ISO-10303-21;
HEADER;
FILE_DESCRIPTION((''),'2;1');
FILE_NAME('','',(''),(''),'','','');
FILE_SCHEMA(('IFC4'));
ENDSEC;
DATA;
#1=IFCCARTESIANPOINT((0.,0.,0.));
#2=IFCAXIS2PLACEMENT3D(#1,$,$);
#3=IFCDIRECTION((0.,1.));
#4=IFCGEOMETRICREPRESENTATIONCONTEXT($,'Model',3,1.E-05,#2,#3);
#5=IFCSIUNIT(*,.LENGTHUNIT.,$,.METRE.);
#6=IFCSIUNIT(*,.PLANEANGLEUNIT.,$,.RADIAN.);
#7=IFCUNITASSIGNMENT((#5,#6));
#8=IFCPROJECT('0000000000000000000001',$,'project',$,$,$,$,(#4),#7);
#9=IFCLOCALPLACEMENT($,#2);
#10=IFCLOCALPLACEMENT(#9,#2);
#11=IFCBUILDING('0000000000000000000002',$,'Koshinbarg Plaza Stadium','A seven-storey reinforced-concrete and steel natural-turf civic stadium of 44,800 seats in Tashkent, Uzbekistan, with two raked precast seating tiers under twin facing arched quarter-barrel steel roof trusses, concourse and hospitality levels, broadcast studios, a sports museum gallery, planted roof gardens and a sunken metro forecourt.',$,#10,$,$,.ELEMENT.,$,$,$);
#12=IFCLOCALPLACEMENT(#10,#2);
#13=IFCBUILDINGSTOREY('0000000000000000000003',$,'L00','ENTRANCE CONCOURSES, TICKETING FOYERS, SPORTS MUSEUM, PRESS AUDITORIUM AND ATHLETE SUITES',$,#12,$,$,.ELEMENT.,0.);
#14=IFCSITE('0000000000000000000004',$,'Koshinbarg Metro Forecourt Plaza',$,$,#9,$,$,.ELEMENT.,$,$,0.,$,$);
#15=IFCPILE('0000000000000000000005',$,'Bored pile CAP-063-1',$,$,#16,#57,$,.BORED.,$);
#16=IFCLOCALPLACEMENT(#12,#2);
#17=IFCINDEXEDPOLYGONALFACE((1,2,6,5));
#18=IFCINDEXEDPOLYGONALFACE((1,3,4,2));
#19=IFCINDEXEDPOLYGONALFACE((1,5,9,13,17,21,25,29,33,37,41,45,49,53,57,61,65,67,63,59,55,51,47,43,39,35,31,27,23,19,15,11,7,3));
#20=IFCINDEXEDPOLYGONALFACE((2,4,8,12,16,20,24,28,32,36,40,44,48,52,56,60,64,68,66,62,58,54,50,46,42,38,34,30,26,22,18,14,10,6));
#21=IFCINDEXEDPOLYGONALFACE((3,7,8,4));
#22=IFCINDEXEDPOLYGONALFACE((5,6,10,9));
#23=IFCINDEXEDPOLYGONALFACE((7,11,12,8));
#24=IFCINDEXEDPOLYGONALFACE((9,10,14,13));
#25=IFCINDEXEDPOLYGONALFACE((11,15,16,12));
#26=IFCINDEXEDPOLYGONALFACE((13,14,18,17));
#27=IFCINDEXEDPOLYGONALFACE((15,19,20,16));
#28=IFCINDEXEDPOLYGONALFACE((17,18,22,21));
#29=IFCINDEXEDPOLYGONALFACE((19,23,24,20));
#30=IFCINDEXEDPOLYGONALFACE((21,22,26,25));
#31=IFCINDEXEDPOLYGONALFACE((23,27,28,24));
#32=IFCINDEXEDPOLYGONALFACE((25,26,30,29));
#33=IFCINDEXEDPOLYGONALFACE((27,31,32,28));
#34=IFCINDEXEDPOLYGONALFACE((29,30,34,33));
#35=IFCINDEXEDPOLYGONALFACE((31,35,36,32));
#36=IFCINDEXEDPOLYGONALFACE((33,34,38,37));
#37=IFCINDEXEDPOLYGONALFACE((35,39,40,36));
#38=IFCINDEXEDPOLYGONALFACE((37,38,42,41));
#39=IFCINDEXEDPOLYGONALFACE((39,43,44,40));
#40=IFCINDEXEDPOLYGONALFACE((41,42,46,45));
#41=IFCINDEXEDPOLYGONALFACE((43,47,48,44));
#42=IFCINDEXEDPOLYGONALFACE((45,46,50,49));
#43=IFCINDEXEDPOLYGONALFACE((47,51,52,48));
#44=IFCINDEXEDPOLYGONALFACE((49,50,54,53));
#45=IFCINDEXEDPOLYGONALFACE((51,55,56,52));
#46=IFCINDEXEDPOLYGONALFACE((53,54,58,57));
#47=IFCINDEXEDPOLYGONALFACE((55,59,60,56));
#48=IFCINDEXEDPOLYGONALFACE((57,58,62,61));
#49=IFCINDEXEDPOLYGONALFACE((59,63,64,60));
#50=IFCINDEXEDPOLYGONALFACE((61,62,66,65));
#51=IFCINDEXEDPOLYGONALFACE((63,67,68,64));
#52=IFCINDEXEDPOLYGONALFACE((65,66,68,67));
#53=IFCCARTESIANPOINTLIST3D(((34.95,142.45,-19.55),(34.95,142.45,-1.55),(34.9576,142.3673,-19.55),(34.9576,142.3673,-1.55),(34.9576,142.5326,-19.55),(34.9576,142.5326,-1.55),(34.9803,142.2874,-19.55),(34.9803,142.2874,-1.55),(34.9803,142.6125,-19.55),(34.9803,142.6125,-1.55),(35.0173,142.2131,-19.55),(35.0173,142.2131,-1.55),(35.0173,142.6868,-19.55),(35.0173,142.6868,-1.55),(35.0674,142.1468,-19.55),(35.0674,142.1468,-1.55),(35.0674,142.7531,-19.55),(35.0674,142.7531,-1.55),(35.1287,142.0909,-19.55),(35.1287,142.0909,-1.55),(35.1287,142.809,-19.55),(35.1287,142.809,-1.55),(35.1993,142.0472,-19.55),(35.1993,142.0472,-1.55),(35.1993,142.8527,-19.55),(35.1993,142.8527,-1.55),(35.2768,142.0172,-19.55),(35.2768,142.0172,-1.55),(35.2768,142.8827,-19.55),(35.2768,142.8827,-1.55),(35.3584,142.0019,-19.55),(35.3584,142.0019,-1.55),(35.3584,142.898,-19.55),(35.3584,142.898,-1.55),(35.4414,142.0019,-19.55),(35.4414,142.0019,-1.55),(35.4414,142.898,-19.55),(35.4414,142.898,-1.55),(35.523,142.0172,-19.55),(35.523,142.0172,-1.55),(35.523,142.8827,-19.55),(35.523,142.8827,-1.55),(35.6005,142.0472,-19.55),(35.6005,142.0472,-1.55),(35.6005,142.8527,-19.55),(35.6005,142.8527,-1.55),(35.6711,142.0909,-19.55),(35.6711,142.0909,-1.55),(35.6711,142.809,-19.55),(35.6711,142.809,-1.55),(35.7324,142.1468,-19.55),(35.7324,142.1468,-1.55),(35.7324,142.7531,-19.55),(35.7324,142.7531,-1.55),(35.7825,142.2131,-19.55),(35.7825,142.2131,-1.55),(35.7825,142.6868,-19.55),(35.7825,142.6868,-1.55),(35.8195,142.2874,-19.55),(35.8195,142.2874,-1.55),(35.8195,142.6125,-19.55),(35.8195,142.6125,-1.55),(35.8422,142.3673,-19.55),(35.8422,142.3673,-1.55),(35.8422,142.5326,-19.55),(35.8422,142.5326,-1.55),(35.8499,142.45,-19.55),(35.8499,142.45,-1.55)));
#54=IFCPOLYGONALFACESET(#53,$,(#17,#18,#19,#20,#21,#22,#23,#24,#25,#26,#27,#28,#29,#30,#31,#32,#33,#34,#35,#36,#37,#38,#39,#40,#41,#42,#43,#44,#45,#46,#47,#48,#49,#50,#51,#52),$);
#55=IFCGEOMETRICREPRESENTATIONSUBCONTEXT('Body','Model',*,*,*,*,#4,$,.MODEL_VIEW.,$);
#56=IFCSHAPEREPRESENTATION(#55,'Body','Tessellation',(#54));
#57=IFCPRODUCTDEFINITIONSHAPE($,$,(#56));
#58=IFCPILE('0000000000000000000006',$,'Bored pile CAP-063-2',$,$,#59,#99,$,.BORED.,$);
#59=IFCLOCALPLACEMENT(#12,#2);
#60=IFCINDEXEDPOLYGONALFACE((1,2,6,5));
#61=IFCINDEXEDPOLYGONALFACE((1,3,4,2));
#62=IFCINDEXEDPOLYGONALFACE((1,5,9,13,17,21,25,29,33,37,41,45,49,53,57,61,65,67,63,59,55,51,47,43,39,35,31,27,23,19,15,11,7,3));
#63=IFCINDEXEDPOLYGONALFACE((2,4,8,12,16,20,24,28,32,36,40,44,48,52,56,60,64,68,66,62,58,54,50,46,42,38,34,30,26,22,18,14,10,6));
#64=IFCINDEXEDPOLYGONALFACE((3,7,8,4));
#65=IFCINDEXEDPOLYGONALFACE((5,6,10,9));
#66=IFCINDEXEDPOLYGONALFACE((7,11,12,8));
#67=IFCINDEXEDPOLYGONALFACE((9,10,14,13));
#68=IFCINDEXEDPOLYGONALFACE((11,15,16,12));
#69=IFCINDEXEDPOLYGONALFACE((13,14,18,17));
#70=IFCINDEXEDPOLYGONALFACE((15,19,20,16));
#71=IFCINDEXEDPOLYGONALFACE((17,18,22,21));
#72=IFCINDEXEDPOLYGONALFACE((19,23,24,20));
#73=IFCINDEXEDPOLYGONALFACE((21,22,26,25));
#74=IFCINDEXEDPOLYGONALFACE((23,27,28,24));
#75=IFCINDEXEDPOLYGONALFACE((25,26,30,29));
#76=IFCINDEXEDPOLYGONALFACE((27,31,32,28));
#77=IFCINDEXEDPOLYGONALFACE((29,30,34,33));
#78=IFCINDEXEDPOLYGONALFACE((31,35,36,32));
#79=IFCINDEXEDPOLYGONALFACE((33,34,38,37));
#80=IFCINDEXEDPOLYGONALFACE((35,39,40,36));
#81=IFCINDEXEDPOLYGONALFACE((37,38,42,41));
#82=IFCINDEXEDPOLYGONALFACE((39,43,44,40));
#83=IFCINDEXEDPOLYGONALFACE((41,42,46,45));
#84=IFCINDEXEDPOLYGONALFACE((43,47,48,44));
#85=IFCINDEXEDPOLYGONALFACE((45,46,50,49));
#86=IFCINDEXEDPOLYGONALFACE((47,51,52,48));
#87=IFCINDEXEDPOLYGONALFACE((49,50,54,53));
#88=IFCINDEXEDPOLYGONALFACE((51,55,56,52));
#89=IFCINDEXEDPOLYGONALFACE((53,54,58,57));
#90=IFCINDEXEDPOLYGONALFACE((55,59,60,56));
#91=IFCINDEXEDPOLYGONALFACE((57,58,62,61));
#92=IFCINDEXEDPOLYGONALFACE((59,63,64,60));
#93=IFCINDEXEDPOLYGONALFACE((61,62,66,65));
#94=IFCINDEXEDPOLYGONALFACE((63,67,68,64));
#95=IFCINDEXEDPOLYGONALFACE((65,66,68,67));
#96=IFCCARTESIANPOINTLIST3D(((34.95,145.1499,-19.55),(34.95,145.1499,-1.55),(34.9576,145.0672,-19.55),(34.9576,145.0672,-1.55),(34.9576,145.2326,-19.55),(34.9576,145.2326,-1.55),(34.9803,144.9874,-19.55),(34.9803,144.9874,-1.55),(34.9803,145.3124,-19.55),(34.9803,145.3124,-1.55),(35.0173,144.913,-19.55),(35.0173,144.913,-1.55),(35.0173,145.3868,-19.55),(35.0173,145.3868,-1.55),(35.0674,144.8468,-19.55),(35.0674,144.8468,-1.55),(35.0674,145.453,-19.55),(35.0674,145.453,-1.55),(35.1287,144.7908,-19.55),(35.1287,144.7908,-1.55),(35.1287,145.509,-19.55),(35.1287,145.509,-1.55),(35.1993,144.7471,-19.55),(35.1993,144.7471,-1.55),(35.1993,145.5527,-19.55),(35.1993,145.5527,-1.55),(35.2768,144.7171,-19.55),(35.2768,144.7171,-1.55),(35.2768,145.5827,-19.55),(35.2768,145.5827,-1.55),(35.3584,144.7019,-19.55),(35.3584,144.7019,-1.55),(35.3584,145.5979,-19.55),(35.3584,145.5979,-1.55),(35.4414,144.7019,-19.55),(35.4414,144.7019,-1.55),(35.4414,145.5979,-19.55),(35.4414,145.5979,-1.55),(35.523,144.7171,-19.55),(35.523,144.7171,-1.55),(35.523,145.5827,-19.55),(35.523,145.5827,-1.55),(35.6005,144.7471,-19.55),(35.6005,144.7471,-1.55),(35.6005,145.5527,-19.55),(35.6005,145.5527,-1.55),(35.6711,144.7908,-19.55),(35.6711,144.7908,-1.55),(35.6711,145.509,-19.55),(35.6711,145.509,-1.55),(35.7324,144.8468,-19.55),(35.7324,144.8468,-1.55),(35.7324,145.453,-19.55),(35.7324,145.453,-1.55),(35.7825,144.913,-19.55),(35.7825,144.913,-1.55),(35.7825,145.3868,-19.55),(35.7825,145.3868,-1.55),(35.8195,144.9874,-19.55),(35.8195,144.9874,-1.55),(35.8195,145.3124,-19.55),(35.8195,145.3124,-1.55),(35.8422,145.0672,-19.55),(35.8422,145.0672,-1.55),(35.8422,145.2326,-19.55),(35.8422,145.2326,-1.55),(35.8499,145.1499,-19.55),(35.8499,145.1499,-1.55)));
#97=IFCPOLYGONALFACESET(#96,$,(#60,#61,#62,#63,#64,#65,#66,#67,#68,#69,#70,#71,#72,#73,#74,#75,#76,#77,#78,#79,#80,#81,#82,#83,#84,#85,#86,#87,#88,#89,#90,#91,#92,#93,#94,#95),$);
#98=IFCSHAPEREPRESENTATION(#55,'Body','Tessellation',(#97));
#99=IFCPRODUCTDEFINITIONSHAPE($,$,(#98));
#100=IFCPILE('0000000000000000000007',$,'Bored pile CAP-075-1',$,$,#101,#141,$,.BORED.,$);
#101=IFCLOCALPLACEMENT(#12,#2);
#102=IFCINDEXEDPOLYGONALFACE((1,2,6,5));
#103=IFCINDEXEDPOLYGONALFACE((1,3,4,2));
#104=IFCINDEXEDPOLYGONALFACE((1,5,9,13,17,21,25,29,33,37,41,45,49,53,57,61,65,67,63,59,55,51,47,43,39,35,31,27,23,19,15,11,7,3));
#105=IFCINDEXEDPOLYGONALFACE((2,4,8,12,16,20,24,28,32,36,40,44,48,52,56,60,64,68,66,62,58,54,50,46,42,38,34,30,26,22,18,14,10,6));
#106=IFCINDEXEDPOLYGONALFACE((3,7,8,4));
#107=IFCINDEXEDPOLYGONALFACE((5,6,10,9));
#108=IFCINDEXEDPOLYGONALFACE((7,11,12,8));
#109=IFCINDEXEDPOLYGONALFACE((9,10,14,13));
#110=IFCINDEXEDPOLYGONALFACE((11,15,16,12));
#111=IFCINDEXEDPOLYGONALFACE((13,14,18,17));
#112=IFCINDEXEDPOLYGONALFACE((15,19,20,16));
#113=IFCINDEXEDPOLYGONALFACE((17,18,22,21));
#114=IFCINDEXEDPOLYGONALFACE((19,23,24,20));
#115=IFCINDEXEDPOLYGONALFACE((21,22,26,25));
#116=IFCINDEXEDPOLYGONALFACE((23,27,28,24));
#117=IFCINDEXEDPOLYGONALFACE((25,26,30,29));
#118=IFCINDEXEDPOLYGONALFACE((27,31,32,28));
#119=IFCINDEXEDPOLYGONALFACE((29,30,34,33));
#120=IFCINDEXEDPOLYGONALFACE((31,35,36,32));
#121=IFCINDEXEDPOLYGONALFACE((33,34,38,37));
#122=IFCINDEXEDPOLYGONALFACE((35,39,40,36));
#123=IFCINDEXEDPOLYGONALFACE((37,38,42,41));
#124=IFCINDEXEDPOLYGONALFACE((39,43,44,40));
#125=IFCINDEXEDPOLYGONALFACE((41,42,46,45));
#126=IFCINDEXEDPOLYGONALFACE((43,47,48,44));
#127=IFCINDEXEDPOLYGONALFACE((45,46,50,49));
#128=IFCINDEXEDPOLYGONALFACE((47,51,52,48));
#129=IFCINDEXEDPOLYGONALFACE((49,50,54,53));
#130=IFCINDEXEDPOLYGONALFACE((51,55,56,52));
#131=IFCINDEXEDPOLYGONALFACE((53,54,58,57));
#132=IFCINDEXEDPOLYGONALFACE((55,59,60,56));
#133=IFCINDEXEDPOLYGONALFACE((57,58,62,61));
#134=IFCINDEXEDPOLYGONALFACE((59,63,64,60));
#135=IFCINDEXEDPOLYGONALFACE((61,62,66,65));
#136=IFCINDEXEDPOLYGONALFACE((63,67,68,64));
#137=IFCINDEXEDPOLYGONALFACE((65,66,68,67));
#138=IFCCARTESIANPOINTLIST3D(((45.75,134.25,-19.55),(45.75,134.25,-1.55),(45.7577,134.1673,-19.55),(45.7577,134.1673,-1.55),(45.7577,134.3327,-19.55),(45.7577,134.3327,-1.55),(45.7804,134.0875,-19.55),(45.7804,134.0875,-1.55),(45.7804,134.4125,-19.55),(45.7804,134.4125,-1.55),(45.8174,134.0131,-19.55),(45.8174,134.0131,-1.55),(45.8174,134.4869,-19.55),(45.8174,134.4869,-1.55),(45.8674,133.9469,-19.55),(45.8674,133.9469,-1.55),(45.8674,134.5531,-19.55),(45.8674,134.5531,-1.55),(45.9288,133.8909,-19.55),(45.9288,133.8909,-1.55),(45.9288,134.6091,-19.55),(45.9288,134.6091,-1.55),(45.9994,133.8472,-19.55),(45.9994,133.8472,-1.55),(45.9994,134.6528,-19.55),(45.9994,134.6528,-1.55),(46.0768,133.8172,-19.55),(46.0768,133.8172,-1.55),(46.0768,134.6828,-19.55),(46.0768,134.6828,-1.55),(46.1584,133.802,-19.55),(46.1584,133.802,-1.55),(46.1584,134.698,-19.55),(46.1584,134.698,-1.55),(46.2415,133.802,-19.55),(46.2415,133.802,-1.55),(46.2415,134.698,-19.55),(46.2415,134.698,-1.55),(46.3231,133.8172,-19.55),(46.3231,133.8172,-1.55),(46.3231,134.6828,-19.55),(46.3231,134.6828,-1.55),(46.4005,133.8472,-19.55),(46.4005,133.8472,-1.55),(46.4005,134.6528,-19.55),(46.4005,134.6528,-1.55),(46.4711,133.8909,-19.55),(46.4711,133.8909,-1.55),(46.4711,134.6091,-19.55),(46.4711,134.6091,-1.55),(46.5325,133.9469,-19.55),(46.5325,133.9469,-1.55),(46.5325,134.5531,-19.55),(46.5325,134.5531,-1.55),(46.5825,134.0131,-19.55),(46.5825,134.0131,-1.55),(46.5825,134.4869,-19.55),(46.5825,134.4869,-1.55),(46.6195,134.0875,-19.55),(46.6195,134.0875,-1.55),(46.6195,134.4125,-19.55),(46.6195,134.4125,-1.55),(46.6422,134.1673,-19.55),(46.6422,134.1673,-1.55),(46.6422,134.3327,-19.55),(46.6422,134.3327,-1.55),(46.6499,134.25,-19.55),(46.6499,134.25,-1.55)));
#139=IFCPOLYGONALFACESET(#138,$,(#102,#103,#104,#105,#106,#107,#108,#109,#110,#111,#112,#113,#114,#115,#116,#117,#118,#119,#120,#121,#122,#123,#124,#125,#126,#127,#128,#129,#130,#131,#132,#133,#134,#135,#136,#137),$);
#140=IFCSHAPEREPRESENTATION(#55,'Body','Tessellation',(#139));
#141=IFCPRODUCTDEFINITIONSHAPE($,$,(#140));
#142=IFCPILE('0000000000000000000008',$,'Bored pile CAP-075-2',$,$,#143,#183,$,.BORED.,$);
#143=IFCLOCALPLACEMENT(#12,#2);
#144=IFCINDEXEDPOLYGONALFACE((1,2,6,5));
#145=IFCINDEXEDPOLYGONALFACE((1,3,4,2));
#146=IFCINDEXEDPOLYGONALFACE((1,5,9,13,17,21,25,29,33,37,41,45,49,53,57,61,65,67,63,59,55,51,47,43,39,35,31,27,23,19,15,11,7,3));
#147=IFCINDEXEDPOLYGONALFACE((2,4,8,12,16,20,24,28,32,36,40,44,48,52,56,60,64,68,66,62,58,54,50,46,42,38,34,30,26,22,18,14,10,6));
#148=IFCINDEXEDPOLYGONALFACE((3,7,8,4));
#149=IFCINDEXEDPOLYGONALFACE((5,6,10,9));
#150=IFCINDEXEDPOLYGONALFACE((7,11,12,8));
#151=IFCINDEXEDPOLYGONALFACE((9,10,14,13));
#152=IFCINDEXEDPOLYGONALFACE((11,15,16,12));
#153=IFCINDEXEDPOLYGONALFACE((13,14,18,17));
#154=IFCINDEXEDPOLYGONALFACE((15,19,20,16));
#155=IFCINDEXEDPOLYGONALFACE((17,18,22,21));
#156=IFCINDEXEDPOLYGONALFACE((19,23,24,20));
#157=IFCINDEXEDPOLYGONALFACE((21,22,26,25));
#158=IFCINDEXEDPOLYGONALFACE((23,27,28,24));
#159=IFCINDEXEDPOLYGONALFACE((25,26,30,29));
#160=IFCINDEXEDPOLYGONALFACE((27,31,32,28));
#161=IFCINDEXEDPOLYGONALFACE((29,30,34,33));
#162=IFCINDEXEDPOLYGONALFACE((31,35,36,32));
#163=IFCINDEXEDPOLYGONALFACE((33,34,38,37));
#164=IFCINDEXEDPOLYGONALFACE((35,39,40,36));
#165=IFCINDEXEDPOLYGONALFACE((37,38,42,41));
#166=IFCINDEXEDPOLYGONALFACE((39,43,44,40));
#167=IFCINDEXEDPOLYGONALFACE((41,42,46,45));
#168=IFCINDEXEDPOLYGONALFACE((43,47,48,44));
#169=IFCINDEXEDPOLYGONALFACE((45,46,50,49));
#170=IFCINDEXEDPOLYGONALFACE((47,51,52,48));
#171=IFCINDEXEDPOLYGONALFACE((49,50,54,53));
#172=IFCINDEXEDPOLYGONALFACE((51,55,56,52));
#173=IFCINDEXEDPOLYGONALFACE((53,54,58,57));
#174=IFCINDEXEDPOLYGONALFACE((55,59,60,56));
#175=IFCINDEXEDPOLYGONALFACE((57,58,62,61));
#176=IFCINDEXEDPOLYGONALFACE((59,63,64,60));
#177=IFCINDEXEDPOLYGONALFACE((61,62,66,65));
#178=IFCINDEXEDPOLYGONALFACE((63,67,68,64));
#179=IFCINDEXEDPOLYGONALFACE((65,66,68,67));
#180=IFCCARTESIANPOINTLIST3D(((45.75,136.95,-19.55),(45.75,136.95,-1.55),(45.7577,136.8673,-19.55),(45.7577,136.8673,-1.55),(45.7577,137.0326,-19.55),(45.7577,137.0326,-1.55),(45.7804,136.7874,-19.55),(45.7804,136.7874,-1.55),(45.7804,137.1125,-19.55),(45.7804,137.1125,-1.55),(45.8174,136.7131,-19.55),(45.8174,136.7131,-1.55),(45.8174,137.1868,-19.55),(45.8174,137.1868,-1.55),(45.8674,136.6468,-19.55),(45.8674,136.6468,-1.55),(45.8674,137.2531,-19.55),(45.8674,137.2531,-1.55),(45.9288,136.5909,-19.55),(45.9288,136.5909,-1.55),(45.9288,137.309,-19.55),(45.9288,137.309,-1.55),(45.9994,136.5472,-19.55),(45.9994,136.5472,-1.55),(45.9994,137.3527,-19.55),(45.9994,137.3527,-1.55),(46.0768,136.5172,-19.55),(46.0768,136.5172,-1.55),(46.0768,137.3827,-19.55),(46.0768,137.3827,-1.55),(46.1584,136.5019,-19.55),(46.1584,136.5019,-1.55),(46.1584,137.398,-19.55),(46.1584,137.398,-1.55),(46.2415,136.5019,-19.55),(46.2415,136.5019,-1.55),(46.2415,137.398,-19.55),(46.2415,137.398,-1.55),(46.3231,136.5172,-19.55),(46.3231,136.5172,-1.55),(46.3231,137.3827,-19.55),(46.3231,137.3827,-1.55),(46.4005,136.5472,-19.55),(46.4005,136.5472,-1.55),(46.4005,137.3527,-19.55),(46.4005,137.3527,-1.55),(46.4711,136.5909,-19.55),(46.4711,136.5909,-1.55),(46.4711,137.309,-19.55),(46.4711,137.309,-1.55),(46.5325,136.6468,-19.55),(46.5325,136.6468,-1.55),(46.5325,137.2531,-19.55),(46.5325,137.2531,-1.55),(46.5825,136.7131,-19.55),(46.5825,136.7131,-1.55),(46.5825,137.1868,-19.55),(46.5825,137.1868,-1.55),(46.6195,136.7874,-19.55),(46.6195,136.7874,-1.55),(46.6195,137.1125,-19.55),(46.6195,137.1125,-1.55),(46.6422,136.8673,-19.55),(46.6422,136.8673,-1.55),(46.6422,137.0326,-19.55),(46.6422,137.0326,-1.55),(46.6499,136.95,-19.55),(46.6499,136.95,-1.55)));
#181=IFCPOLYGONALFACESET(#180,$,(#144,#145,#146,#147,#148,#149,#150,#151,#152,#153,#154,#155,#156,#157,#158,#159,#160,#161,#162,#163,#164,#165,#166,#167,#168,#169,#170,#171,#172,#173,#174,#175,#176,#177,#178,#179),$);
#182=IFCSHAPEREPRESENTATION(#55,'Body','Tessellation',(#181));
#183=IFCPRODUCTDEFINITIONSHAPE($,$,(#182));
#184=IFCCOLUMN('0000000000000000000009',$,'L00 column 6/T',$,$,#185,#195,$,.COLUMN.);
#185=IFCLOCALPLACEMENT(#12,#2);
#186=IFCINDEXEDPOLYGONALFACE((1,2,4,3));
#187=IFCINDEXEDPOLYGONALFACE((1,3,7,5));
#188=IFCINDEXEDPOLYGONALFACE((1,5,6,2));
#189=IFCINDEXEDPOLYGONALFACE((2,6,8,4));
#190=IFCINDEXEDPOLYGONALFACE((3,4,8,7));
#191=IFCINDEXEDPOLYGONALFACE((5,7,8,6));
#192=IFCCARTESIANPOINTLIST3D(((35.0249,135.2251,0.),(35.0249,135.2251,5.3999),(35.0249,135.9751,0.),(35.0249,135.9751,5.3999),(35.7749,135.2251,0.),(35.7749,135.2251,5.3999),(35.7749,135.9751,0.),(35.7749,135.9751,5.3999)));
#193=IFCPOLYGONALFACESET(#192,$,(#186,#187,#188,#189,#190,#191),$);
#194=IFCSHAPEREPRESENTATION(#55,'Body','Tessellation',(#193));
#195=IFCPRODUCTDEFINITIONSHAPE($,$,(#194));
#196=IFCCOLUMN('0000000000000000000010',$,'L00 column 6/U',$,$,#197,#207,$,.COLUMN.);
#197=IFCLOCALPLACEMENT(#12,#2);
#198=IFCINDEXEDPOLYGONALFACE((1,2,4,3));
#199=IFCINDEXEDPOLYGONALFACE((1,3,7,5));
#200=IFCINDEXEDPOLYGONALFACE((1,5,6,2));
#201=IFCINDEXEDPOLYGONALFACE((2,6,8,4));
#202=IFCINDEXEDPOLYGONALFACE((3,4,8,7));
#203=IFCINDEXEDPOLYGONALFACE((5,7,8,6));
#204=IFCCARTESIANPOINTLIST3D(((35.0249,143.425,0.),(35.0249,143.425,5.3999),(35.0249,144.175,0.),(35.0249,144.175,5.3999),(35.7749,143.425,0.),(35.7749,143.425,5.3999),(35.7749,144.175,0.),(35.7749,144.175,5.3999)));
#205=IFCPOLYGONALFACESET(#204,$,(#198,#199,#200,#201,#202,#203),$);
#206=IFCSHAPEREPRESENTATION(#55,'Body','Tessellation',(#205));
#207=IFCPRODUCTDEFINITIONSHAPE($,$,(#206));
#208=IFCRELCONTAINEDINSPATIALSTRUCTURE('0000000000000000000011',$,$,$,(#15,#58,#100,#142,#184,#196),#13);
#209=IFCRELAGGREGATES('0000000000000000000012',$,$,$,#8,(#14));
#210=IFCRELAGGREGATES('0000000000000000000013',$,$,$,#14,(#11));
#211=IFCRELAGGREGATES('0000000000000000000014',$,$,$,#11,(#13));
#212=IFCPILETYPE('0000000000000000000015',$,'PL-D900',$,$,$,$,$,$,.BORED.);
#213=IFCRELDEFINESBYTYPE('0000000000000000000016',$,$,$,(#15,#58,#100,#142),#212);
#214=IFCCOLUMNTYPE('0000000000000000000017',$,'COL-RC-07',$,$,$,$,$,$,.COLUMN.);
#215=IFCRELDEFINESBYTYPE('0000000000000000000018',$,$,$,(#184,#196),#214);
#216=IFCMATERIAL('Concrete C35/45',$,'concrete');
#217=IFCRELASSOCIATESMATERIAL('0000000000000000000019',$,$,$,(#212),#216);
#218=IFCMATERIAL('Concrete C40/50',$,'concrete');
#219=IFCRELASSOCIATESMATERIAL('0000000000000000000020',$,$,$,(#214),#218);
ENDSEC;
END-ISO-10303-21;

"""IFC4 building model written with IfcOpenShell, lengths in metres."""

from ifc_helpers import new_model, si_unit, direction, frame, origin, origin_2d, place, context, subcontext, project, spatial, rectangle, circle, extrude, material, material_profile, profile_set, type_object, element, save


model = new_model("IFC4")

# Units and contexts
model_context = context("Model", 3, precision=1e-05, world=origin(), true_north=direction((0.0, 1.0)))
body_context = subcontext(model_context, "Body", "Model", "MODEL_VIEW")
ifc_project = project(units=[si_unit("LENGTHUNIT", "METRE"), si_unit("PLANEANGLEUNIT", "RADIAN")], contexts=[model_context])

# Site, building, storey
site_placement = place(None, origin())
site = spatial("IfcSite", under=ifc_project, at=site_placement, Name="Koshinbarg Metro Forecourt Plaza", CompositionType="ELEMENT", RefElevation=0.0)
building_placement = place(site_placement, origin())
building = spatial("IfcBuilding", under=site, at=building_placement, Name="Koshinbarg Plaza Stadium", Description="A seven-storey reinforced-concrete and steel natural-turf civic stadium of 44,800 seats in Tashkent, Uzbekistan, with two raked precast seating tiers under twin facing arched quarter-barrel steel roof trusses, concourse and hospitality levels, broadcast studios, a sports museum gallery, planted roof gardens and a sunken metro forecourt.", CompositionType="ELEMENT")
storey_placement = place(building_placement, origin())
storey = spatial("IfcBuildingStorey", under=building, at=storey_placement, Name="L00", Description="ENTRANCE CONCOURSES, TICKETING FOYERS, SPORTS MUSEUM, PRESS AUDITORIUM AND ATHLETE SUITES", CompositionType="ELEMENT", Elevation=0.0)

# Shared definitions
ifc_material_1 = material(Name="Concrete C35/45", Category="concrete")

# Piles
ifc_material_profile_1 = material_profile(ifc_material_1, circle(Radius=0.45, at=origin_2d()), Name="PILE D900")
ifc_profile_set_1 = profile_set([ifc_material_profile_1], Name="Concrete C35/45")
pile_type_1 = type_object("IfcPileType", Name="PL-D900", PredefinedType="BORED", material=ifc_profile_set_1)
for number, where, z_axis, x_axis, name in (
    (1, (35.3999, 142.45, -1.55), (0.0, 0.0, -1.0), (1.0, 0.0, 0.0), "Bored pile CAP-063-1"),
    (2, (35.3999, 145.1499, -1.55), (0.0, 0.0, -1.0), (1.0, 0.0, 0.0), "Bored pile CAP-063-2"),
    (3, (46.2, 134.25, -1.55), (0.0, 0.0, -1.0), (1.0, 0.0, 0.0), "Bored pile CAP-075-1"),
    (4, (46.2, 136.95, -1.55), (0.0, 0.0, -1.0), (1.0, 0.0, 0.0), "Bored pile CAP-075-2"),
):
    element("IfcPile", number, at=place(storey_placement, frame(where, z_axis=z_axis, x_axis=x_axis)), inside=storey, type_object=pile_type_1, Name=name, PredefinedType="BORED", context=body_context, shape_type="SweptSolid", body=[
        extrude(circle(Radius=0.45, at=origin_2d()), origin(), (0.0, 0.0, 1.0), 18.0),
    ])

# Columns
ifc_material_2 = material(Name="Concrete C40/50", Category="concrete")
ifc_material_profile_2 = material_profile(ifc_material_2, rectangle(XDim=0.75, YDim=0.75, at=origin_2d()), Name="RC 750x750")
ifc_profile_set_2 = profile_set([ifc_material_profile_2], Name="Concrete C40/50")
column_type_1 = type_object("IfcColumnType", Name="COL-RC-07", PredefinedType="COLUMN", material=ifc_profile_set_2)
for number, where, z_axis, x_axis, name in (
    (5, (35.3999, 135.6001, 0.0), (0.0, 0.0, 1.0), (1.0, 0.0, 0.0), "L00 column 6/T"),
    (6, (35.3999, 143.8, 0.0), (0.0, 0.0, 1.0), (1.0, 0.0, 0.0), "L00 column 6/U"),
):
    element("IfcColumn", number, at=place(storey_placement, frame(where, z_axis=z_axis, x_axis=x_axis)), inside=storey, type_object=column_type_1, Name=name, PredefinedType="COLUMN", context=body_context, shape_type="SweptSolid", body=[
        extrude(rectangle(XDim=0.75, YDim=0.75, at=origin_2d()), origin(), (0.0, 0.0, 1.0), 5.3999),
    ])

save(model, "model.ifc")
